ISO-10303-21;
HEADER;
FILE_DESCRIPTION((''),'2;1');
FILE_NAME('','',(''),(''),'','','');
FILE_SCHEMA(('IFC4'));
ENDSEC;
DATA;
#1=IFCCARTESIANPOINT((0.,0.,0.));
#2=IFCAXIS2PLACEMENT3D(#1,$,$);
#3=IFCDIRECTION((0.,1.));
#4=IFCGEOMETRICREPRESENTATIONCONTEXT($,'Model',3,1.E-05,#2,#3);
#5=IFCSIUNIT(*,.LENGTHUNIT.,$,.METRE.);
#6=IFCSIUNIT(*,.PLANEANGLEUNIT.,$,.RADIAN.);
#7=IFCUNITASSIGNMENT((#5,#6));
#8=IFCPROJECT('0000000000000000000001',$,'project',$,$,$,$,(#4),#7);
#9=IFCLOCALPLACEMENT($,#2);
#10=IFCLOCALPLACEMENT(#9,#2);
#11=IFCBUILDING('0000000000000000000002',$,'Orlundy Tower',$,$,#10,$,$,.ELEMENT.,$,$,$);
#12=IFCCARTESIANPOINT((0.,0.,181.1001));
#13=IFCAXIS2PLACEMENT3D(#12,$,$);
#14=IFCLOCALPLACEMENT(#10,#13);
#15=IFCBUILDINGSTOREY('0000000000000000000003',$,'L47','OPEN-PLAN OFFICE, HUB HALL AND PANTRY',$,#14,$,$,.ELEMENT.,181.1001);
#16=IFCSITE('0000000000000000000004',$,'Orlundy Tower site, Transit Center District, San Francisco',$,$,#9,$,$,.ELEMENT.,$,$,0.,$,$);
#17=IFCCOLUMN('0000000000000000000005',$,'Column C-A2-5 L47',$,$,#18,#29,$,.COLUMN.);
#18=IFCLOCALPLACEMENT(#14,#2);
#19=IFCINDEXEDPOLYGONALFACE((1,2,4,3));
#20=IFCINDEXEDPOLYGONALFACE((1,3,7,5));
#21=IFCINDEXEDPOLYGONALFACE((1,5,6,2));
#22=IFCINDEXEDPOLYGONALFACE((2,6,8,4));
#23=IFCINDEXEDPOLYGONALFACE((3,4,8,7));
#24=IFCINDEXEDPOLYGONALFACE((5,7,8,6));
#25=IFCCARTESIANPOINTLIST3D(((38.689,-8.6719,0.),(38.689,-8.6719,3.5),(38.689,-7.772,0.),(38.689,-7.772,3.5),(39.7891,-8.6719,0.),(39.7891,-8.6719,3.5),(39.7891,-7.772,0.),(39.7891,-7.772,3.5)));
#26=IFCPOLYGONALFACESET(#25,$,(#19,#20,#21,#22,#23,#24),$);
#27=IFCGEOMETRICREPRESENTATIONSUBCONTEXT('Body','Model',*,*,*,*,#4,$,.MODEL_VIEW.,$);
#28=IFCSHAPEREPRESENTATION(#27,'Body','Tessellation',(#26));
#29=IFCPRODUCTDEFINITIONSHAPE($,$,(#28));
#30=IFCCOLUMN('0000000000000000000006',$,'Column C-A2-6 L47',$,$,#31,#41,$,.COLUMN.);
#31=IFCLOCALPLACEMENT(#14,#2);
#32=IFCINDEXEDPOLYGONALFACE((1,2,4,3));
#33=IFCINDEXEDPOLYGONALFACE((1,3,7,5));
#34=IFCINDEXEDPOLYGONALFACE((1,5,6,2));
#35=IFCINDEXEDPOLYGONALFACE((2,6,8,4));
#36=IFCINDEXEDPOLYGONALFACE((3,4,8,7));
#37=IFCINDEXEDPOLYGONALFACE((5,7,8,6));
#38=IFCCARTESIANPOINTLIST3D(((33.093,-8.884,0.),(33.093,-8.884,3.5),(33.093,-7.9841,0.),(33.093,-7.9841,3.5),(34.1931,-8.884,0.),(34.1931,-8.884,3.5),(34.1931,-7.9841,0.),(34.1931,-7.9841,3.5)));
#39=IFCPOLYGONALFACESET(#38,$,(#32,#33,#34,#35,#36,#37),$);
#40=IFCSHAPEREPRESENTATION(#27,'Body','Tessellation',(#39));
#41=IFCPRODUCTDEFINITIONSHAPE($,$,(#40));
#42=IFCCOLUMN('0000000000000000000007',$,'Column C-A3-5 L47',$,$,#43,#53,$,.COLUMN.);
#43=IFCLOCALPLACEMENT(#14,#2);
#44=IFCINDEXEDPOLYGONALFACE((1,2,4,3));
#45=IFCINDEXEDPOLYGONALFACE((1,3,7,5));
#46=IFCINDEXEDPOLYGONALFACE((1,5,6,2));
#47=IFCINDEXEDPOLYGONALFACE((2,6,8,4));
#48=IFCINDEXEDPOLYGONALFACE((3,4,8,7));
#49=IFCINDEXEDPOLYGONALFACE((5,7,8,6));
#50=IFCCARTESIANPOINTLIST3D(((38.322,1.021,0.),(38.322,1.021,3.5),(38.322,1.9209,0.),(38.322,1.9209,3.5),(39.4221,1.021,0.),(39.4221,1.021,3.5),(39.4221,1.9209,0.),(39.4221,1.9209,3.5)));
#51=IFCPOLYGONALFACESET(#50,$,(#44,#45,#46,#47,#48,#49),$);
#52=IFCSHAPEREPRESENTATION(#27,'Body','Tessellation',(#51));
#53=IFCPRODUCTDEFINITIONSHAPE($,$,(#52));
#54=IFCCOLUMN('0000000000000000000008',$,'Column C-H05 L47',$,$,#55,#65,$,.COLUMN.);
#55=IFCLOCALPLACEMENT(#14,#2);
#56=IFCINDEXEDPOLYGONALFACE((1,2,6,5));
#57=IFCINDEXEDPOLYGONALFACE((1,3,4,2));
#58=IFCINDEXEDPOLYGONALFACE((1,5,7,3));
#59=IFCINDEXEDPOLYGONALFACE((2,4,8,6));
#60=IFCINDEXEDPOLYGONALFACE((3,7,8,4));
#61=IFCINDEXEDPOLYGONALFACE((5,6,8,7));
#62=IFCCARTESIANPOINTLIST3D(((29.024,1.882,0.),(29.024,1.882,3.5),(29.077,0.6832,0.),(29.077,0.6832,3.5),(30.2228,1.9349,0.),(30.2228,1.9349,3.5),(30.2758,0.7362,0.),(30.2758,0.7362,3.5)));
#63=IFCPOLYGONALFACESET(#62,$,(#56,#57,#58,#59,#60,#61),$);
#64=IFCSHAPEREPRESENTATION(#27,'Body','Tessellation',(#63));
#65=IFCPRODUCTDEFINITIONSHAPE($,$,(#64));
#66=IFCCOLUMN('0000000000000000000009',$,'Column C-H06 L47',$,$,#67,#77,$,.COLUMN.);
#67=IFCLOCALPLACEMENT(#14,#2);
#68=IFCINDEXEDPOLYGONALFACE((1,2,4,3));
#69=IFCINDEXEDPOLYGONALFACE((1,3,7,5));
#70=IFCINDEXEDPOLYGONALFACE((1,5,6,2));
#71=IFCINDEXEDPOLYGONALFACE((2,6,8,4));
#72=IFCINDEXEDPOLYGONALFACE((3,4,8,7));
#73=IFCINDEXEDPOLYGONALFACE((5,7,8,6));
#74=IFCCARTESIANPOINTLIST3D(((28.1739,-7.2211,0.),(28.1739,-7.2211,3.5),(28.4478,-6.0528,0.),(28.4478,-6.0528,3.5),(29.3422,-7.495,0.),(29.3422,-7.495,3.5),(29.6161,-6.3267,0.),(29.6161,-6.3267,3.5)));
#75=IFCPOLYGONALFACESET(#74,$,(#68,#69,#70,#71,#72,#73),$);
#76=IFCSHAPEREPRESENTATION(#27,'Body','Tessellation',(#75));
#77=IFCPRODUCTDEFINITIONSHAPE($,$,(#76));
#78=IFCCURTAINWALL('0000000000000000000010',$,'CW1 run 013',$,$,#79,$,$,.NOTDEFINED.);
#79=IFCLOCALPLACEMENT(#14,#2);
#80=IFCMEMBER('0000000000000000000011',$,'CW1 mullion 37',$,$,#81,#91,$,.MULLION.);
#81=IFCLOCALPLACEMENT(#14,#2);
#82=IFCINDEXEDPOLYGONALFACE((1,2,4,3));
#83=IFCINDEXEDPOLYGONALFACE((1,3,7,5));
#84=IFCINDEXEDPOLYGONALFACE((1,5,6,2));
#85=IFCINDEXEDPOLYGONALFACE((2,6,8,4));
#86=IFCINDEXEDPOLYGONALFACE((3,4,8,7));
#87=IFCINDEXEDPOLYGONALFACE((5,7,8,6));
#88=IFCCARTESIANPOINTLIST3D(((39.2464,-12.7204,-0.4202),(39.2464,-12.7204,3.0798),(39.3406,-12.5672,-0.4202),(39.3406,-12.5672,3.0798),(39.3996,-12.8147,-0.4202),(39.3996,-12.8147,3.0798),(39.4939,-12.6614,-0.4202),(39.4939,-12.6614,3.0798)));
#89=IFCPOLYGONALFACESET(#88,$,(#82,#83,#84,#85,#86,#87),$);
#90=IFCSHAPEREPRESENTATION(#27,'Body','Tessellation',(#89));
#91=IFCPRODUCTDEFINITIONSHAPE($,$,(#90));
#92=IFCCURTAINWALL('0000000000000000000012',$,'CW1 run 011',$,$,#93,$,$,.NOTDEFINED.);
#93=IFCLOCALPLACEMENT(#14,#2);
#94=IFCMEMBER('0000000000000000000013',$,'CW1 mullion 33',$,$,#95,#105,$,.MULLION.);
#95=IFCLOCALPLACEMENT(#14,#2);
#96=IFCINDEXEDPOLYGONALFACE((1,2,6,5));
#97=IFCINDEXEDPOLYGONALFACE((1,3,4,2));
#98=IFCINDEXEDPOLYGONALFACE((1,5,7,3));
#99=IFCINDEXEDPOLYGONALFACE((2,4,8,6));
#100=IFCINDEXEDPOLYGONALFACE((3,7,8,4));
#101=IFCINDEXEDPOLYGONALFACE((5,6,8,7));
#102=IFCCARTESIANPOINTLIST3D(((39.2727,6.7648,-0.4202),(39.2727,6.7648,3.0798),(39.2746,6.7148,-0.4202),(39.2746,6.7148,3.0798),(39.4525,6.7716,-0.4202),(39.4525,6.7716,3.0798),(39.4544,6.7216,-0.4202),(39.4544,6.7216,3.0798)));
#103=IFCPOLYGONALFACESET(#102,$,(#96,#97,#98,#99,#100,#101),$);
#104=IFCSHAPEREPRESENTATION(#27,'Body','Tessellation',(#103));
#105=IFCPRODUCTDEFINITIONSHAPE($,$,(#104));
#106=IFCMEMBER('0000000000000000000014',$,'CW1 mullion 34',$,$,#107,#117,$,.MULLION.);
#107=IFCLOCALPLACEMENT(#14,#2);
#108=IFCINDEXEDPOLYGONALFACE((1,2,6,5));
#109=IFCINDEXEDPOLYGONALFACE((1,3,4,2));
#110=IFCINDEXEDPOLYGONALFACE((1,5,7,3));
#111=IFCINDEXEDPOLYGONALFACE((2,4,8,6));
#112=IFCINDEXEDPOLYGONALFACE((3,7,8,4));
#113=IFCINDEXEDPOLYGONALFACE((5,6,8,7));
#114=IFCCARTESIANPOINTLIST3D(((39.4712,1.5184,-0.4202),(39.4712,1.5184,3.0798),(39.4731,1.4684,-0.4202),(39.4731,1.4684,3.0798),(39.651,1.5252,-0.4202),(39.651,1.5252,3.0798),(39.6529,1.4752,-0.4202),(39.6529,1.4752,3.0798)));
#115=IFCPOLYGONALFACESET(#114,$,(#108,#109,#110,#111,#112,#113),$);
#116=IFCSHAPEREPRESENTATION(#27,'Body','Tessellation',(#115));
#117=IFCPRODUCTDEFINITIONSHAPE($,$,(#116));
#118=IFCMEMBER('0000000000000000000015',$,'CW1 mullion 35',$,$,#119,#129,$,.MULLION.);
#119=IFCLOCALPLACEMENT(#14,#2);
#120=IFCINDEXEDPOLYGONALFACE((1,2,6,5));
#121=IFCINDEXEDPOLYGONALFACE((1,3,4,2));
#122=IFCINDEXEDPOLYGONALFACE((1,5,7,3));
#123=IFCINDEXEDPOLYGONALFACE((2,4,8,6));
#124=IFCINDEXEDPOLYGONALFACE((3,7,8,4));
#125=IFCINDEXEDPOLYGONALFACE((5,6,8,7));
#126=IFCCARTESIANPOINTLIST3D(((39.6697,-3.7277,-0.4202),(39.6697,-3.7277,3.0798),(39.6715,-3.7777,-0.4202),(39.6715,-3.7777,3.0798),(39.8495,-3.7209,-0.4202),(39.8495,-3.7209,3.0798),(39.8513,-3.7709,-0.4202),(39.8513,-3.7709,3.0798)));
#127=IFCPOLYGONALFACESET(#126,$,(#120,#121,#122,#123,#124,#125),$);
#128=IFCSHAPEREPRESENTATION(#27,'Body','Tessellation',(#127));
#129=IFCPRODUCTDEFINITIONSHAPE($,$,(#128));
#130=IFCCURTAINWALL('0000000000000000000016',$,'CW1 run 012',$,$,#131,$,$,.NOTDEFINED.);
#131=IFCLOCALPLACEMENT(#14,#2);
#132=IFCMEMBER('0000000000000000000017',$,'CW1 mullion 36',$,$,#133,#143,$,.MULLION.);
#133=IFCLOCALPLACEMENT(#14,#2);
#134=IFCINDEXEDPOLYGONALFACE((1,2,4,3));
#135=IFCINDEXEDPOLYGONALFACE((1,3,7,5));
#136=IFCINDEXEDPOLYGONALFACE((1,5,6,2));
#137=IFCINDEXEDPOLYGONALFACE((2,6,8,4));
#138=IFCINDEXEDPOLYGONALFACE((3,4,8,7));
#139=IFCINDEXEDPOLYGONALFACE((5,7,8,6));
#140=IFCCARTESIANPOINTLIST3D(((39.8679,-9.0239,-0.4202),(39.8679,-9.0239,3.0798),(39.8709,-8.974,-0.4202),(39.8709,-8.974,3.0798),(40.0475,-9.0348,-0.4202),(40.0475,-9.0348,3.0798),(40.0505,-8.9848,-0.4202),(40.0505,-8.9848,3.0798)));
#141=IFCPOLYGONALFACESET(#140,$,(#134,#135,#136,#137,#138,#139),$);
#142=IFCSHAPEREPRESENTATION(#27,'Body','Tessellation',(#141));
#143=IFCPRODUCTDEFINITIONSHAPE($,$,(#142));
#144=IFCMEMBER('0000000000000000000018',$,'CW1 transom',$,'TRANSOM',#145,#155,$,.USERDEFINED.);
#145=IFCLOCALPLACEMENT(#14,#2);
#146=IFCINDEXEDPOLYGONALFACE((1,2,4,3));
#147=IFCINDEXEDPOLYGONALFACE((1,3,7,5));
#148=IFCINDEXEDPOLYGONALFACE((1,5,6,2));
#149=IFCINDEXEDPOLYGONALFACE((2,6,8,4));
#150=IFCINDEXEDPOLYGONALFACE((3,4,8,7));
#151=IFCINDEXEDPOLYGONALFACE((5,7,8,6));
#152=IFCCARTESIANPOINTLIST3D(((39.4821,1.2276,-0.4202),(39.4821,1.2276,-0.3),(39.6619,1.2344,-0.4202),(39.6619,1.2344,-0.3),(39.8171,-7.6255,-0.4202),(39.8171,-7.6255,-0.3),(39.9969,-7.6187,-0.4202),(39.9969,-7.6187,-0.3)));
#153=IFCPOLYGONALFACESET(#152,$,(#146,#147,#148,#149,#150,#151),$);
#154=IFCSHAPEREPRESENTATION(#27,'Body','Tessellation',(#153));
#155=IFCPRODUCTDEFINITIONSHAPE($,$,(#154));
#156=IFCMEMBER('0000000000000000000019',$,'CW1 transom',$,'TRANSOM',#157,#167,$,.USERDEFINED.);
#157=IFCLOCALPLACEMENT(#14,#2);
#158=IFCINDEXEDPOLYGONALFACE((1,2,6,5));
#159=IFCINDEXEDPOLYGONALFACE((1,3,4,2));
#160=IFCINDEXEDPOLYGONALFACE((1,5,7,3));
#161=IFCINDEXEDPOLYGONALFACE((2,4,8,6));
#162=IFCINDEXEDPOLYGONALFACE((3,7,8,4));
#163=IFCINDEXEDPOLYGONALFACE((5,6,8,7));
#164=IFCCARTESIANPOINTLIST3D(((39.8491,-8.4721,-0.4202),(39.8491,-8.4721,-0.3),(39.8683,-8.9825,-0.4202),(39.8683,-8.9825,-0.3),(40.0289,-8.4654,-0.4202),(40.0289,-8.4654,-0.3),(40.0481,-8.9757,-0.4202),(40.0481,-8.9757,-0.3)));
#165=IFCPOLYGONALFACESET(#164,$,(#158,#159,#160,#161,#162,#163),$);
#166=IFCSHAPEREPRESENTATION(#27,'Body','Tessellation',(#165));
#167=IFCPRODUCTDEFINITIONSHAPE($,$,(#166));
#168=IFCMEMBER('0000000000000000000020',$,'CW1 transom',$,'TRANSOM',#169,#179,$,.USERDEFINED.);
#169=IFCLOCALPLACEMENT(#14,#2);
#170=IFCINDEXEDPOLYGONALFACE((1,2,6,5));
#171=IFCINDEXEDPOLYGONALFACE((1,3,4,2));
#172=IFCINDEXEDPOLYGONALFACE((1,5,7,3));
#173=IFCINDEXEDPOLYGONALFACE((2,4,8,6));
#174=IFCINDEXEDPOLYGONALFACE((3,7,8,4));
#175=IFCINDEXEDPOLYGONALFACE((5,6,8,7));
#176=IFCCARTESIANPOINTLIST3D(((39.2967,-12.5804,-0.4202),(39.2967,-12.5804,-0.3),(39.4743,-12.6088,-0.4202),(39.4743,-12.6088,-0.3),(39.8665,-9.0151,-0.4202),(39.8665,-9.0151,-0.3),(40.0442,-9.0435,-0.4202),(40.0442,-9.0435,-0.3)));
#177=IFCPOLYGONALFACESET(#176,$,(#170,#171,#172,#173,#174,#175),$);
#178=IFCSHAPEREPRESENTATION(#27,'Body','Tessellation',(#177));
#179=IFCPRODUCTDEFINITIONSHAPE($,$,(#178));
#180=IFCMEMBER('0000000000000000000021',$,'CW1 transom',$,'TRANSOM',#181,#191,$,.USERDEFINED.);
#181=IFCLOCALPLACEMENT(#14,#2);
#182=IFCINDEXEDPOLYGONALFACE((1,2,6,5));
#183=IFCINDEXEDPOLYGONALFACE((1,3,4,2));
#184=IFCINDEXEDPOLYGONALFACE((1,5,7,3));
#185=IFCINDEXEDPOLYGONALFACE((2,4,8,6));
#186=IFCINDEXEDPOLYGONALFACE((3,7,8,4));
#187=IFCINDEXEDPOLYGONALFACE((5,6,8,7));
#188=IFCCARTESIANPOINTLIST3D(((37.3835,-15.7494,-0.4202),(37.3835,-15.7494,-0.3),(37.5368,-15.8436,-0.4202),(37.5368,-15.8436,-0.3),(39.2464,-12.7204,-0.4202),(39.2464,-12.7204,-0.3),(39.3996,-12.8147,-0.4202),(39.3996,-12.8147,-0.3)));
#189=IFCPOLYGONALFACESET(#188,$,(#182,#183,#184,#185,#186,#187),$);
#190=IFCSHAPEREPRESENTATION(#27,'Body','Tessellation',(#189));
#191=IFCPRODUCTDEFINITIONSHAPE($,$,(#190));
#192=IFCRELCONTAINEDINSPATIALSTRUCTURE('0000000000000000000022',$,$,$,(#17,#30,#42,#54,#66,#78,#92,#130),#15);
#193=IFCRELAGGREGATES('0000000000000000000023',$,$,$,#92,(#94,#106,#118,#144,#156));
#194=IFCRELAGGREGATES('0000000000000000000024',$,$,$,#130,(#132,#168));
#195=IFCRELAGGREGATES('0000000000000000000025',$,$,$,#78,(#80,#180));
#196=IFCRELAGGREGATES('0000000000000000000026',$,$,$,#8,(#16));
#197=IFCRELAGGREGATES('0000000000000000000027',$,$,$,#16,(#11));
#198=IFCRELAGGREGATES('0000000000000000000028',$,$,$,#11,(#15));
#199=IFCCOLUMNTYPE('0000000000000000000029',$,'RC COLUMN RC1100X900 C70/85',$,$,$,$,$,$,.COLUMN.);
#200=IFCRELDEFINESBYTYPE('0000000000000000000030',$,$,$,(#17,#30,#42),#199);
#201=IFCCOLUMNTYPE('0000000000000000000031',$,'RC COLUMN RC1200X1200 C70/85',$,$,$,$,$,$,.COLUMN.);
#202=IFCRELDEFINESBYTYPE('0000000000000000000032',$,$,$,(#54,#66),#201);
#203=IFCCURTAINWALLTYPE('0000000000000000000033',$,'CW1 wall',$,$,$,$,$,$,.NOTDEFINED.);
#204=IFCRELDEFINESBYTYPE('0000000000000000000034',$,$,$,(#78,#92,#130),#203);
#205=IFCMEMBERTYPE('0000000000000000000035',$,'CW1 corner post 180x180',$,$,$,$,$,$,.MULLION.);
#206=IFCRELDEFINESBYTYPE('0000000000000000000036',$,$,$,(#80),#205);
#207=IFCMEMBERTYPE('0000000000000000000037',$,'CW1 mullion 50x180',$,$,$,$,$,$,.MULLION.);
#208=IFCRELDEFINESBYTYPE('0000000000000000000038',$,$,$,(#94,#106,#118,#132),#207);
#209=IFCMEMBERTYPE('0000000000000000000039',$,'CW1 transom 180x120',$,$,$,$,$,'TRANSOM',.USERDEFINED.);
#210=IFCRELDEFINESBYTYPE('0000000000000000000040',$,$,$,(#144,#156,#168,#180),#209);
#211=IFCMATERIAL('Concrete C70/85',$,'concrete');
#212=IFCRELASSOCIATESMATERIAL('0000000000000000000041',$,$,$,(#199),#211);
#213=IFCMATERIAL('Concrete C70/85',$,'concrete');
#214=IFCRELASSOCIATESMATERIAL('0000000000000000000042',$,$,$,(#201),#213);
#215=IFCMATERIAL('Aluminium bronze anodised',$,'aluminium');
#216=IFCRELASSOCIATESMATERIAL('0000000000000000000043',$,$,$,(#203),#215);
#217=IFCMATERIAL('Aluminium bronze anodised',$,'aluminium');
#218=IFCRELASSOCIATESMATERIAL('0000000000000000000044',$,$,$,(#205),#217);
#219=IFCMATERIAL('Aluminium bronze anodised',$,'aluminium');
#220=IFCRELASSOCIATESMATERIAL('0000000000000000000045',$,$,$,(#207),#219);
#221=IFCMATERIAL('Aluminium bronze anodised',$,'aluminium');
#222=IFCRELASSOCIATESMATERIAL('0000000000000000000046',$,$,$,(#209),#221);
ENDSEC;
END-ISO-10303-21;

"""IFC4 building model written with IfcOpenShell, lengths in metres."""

from ifc_helpers import new_model, si_unit, direction, frame, origin, origin_2d, place, context, subcontext, project, spatial, rectangle, extrude, material, material_profile, profile_set, type_object, element, aggregate, save


model = new_model("IFC4")

# Units and contexts
model_context = context("Model", 3, precision=1e-05, world=origin(), true_north=direction((0.0, 1.0)))
body_context = subcontext(model_context, "Body", "Model", "MODEL_VIEW")
ifc_project = project(units=[si_unit("LENGTHUNIT", "METRE"), si_unit("PLANEANGLEUNIT", "RADIAN")], contexts=[model_context])

# Site, building, storey
site_placement = place(None, origin())
site = spatial("IfcSite", under=ifc_project, at=site_placement, Name="Orlundy Tower site, Transit Center District, San Francisco", CompositionType="ELEMENT", RefElevation=0.0)
building_placement = place(site_placement, origin())
building = spatial("IfcBuilding", under=site, at=building_placement, Name="Orlundy Tower", CompositionType="ELEMENT")
storey_placement = place(building_placement, frame((0.0, 0.0, 181.1001)))
storey = spatial("IfcBuildingStorey", under=building, at=storey_placement, Name="L47", Description="OPEN-PLAN OFFICE, HUB HALL AND PANTRY", CompositionType="ELEMENT", Elevation=181.1001)

# Columns
ifc_material_1 = material(Name="Concrete C70/85", Category="concrete")
ifc_material_profile_1 = material_profile(ifc_material_1, rectangle(XDim=1.1001, YDim=0.8999, at=origin_2d()), Name="RC1100X900")
ifc_profile_set_1 = profile_set([ifc_material_profile_1], Name="Concrete C70/85")
column_type_1 = type_object("IfcColumnType", Name="RC COLUMN RC1100X900 C70/85", PredefinedType="COLUMN", material=ifc_profile_set_1)
for number, where, z_axis, x_axis, name in (
    (1, (39.239, -8.2219, 0.0), (0.0, 0.0, 1.0), (1.0, 0.0, 0.0), "Column C-A2-5 L47"),
    (2, (33.6431, -8.4341, 0.0), (0.0, 0.0, 1.0), (1.0, 0.0, 0.0), "Column C-A2-6 L47"),
    (3, (38.8721, 1.4709, 0.0), (0.0, 0.0, 1.0), (1.0, 0.0, 0.0), "Column C-A3-5 L47"),
):
    element("IfcColumn", number, at=place(storey_placement, frame(where, z_axis=z_axis, x_axis=x_axis)), inside=storey, type_object=column_type_1, Name=name, PredefinedType="COLUMN", context=body_context, shape_type="SweptSolid", body=[
        extrude(rectangle(XDim=1.1001, YDim=0.8999, at=origin_2d()), origin(), (0.0, 0.0, 1.0), 3.5),
    ])
ifc_material_2 = material(Name="Concrete C70/85", Category="concrete")
ifc_material_profile_2 = material_profile(ifc_material_2, rectangle(XDim=1.2, YDim=1.2, at=origin_2d()), Name="RC1200X1200")
ifc_profile_set_2 = profile_set([ifc_material_profile_2], Name="Concrete C70/85")
column_type_2 = type_object("IfcColumnType", Name="RC COLUMN RC1200X1200 C70/85", PredefinedType="COLUMN", material=ifc_profile_set_2)
for number, where, z_axis, x_axis, name in (
    (4, (29.6499, 1.3091, 0.0), (0.0, 0.0, 1.0), (0.999027, 0.044108, 0.0), "Column C-H05 L47"),
    (5, (28.895, -6.7739, 0.0), (0.0, 0.0, 1.0), (0.973603, -0.228249, 0.0), "Column C-H06 L47"),
):
    element("IfcColumn", number, at=place(storey_placement, frame(where, z_axis=z_axis, x_axis=x_axis)), inside=storey, type_object=column_type_2, Name=name, PredefinedType="COLUMN", context=body_context, shape_type="SweptSolid", body=[
        extrude(rectangle(XDim=1.2, YDim=1.2, at=origin_2d()), origin(), (0.0, 0.0, 1.0), 3.5),
    ])

# Curtain wall, member
ifc_material_3 = material(Name="Aluminium bronze anodised", Category="aluminium")
curtain_wall_type = type_object("IfcCurtainWallType", Name="CW1 wall", PredefinedType="NOTDEFINED", material=ifc_material_3)
curtain_wall_1_placement = place(storey_placement, origin())
curtain_wall_1 = element("IfcCurtainWall", 6, at=curtain_wall_1_placement, inside=storey, type_object=curtain_wall_type, Name="CW1 run 013", PredefinedType="NOTDEFINED")
ifc_material_4 = material(Name="Aluminium bronze anodised", Category="aluminium")
ifc_material_profile_3 = material_profile(ifc_material_4, rectangle(XDim=0.1799, YDim=0.1799, at=origin_2d()), Name="CW1 corner post 180x180")
ifc_profile_set_3 = profile_set([ifc_material_profile_3], Name="Aluminium bronze anodised")
member_type_1 = type_object("IfcMemberType", Name="CW1 corner post 180x180", PredefinedType="MULLION", material=ifc_profile_set_3)
member_1_placement = place(storey_placement, frame((39.3701, -12.6909, -0.4202), z_axis=(0.0, 0.0, 1.0), x_axis=(0.851825, -0.523827, 0.0)))
member_1 = element("IfcMember", 7, at=member_1_placement, type_object=member_type_1, Name="CW1 mullion 37", PredefinedType="MULLION", context=body_context, shape_type="SweptSolid", body=[
    extrude(rectangle(XDim=0.1799, YDim=0.1799, at=origin_2d()), origin(), (0.0, 0.0, 1.0), 3.5),
])

# Curtain wall, members
curtain_wall_2_placement = place(storey_placement, origin())
curtain_wall_2 = element("IfcCurtainWall", 8, at=curtain_wall_2_placement, inside=storey, type_object=curtain_wall_type, Name="CW1 run 011", PredefinedType="NOTDEFINED")
ifc_material_5 = material(Name="Aluminium bronze anodised", Category="aluminium")
ifc_material_profile_4 = material_profile(ifc_material_5, rectangle(XDim=0.1799, YDim=0.05, at=origin_2d()), Name="CW1 mullion 50x180")
ifc_profile_set_4 = profile_set([ifc_material_profile_4], Name="Aluminium bronze anodised")
member_type_2 = type_object("IfcMemberType", Name="CW1 mullion 50x180", PredefinedType="MULLION", material=ifc_profile_set_4)
member_2_placement = place(storey_placement, frame((39.3635, 6.7432, -0.4202), z_axis=(0.0, 0.0, 1.0), x_axis=(0.999285, 0.037809, 0.0)))
member_2 = element("IfcMember", 9, at=member_2_placement, type_object=member_type_2, Name="CW1 mullion 33", PredefinedType="MULLION", context=body_context, shape_type="SweptSolid", body=[
    extrude(rectangle(XDim=0.1799, YDim=0.05, at=origin_2d()), origin(), (0.0, 0.0, 1.0), 3.5),
])
member_3_placement = place(storey_placement, frame((39.562, 1.4968, -0.4202), z_axis=(0.0, 0.0, 1.0), x_axis=(0.999285, 0.037809, 0.0)))
member_3 = element("IfcMember", 10, at=member_3_placement, type_object=member_type_2, Name="CW1 mullion 34", PredefinedType="MULLION", context=body_context, shape_type="SweptSolid", body=[
    extrude(rectangle(XDim=0.1799, YDim=0.05, at=origin_2d()), origin(), (0.0, 0.0, 1.0), 3.5),
])
member_4_placement = place(storey_placement, frame((39.7605, -3.7493, -0.4202), z_axis=(0.0, 0.0, 1.0), x_axis=(0.999285, 0.037809, 0.0)))
member_4 = element("IfcMember", 11, at=member_4_placement, type_object=member_type_2, Name="CW1 mullion 35", PredefinedType="MULLION", context=body_context, shape_type="SweptSolid", body=[
    extrude(rectangle(XDim=0.1799, YDim=0.05, at=origin_2d()), origin(), (0.0, 0.0, 1.0), 3.5),
])

# Curtain wall, member
curtain_wall_3_placement = place(storey_placement, origin())
curtain_wall_3 = element("IfcCurtainWall", 12, at=curtain_wall_3_placement, inside=storey, type_object=curtain_wall_type, Name="CW1 run 012", PredefinedType="NOTDEFINED")
member_5_placement = place(storey_placement, frame((39.9592, -9.0044, -0.4202), z_axis=(0.0, 0.0, 1.0), x_axis=(0.99818, -0.060302, 0.0)))
member_5 = element("IfcMember", 13, at=member_5_placement, type_object=member_type_2, Name="CW1 mullion 36", PredefinedType="MULLION", context=body_context, shape_type="SweptSolid", body=[
    extrude(rectangle(XDim=0.1799, YDim=0.05, at=origin_2d()), origin(), (0.0, 0.0, 1.0), 3.5),
])

# Members
ifc_material_6 = material(Name="Aluminium bronze anodised", Category="aluminium")
ifc_material_profile_5 = material_profile(ifc_material_6, rectangle(XDim=0.1799, YDim=0.1201, at=origin_2d()), Name="CW1 transom 180x120")
ifc_profile_set_5 = profile_set([ifc_material_profile_5], Name="Aluminium bronze anodised")
member_type_3 = type_object("IfcMemberType", Name="CW1 transom 180x120", ElementType="TRANSOM", PredefinedType="USERDEFINED", material=ifc_profile_set_5)
member_6_placement = place(storey_placement, frame((39.572, 1.231, -0.3601), z_axis=(0.037809, -0.999285, 0.0), x_axis=(0.999285, 0.037809, 0.0)))
member_6 = element("IfcMember", 14, at=member_6_placement, type_object=member_type_3, Name="CW1 transom", ObjectType="TRANSOM", PredefinedType="USERDEFINED", context=body_context, shape_type="SweptSolid", body=[
    extrude(rectangle(XDim=0.1799, YDim=0.1201, at=origin_2d()), origin(), (0.0, 0.0, 1.0), 8.8594),
])
member_7_placement = place(storey_placement, frame((39.939, -8.4688, -0.3601), z_axis=(0.037754, -0.999287, 0.0), x_axis=(0.999287, 0.037754, 0.0)))
member_7 = element("IfcMember", 15, at=member_7_placement, type_object=member_type_3, Name="CW1 transom", ObjectType="TRANSOM", PredefinedType="USERDEFINED", context=body_context, shape_type="SweptSolid", body=[
    extrude(rectangle(XDim=0.1799, YDim=0.1201, at=origin_2d()), origin(), (0.0, 0.0, 1.0), 0.5107),
])
member_8_placement = place(storey_placement, frame((39.9553, -9.0293, -0.3601), z_axis=(-0.157816, -0.987468, 0.0), x_axis=(0.987468, -0.157816, 0.0)))
member_8 = element("IfcMember", 16, at=member_8_placement, type_object=member_type_3, Name="CW1 transom", ObjectType="TRANSOM", PredefinedType="USERDEFINED", context=body_context, shape_type="SweptSolid", body=[
    extrude(rectangle(XDim=0.1799, YDim=0.1201, at=origin_2d()), origin(), (0.0, 0.0, 1.0), 3.6106),
])
member_9_placement = place(storey_placement, frame((39.323, -12.7676, -0.3601), z_axis=(-0.523875, -0.851795, 0.0), x_axis=(0.851795, -0.523875, 0.0)))
member_9 = element("IfcMember", 17, at=member_9_placement, type_object=member_type_3, Name="CW1 transom", ObjectType="TRANSOM", PredefinedType="USERDEFINED", context=body_context, shape_type="SweptSolid", body=[
    extrude(rectangle(XDim=0.1799, YDim=0.1201, at=origin_2d()), origin(), (0.0, 0.0, 1.0), 3.5559),
])

aggregate(curtain_wall_2, [member_2, member_3, member_4, member_6, member_7])
aggregate(curtain_wall_3, [member_5, member_8])
aggregate(curtain_wall_1, [member_1, member_9])

save(model, "model.ifc")
